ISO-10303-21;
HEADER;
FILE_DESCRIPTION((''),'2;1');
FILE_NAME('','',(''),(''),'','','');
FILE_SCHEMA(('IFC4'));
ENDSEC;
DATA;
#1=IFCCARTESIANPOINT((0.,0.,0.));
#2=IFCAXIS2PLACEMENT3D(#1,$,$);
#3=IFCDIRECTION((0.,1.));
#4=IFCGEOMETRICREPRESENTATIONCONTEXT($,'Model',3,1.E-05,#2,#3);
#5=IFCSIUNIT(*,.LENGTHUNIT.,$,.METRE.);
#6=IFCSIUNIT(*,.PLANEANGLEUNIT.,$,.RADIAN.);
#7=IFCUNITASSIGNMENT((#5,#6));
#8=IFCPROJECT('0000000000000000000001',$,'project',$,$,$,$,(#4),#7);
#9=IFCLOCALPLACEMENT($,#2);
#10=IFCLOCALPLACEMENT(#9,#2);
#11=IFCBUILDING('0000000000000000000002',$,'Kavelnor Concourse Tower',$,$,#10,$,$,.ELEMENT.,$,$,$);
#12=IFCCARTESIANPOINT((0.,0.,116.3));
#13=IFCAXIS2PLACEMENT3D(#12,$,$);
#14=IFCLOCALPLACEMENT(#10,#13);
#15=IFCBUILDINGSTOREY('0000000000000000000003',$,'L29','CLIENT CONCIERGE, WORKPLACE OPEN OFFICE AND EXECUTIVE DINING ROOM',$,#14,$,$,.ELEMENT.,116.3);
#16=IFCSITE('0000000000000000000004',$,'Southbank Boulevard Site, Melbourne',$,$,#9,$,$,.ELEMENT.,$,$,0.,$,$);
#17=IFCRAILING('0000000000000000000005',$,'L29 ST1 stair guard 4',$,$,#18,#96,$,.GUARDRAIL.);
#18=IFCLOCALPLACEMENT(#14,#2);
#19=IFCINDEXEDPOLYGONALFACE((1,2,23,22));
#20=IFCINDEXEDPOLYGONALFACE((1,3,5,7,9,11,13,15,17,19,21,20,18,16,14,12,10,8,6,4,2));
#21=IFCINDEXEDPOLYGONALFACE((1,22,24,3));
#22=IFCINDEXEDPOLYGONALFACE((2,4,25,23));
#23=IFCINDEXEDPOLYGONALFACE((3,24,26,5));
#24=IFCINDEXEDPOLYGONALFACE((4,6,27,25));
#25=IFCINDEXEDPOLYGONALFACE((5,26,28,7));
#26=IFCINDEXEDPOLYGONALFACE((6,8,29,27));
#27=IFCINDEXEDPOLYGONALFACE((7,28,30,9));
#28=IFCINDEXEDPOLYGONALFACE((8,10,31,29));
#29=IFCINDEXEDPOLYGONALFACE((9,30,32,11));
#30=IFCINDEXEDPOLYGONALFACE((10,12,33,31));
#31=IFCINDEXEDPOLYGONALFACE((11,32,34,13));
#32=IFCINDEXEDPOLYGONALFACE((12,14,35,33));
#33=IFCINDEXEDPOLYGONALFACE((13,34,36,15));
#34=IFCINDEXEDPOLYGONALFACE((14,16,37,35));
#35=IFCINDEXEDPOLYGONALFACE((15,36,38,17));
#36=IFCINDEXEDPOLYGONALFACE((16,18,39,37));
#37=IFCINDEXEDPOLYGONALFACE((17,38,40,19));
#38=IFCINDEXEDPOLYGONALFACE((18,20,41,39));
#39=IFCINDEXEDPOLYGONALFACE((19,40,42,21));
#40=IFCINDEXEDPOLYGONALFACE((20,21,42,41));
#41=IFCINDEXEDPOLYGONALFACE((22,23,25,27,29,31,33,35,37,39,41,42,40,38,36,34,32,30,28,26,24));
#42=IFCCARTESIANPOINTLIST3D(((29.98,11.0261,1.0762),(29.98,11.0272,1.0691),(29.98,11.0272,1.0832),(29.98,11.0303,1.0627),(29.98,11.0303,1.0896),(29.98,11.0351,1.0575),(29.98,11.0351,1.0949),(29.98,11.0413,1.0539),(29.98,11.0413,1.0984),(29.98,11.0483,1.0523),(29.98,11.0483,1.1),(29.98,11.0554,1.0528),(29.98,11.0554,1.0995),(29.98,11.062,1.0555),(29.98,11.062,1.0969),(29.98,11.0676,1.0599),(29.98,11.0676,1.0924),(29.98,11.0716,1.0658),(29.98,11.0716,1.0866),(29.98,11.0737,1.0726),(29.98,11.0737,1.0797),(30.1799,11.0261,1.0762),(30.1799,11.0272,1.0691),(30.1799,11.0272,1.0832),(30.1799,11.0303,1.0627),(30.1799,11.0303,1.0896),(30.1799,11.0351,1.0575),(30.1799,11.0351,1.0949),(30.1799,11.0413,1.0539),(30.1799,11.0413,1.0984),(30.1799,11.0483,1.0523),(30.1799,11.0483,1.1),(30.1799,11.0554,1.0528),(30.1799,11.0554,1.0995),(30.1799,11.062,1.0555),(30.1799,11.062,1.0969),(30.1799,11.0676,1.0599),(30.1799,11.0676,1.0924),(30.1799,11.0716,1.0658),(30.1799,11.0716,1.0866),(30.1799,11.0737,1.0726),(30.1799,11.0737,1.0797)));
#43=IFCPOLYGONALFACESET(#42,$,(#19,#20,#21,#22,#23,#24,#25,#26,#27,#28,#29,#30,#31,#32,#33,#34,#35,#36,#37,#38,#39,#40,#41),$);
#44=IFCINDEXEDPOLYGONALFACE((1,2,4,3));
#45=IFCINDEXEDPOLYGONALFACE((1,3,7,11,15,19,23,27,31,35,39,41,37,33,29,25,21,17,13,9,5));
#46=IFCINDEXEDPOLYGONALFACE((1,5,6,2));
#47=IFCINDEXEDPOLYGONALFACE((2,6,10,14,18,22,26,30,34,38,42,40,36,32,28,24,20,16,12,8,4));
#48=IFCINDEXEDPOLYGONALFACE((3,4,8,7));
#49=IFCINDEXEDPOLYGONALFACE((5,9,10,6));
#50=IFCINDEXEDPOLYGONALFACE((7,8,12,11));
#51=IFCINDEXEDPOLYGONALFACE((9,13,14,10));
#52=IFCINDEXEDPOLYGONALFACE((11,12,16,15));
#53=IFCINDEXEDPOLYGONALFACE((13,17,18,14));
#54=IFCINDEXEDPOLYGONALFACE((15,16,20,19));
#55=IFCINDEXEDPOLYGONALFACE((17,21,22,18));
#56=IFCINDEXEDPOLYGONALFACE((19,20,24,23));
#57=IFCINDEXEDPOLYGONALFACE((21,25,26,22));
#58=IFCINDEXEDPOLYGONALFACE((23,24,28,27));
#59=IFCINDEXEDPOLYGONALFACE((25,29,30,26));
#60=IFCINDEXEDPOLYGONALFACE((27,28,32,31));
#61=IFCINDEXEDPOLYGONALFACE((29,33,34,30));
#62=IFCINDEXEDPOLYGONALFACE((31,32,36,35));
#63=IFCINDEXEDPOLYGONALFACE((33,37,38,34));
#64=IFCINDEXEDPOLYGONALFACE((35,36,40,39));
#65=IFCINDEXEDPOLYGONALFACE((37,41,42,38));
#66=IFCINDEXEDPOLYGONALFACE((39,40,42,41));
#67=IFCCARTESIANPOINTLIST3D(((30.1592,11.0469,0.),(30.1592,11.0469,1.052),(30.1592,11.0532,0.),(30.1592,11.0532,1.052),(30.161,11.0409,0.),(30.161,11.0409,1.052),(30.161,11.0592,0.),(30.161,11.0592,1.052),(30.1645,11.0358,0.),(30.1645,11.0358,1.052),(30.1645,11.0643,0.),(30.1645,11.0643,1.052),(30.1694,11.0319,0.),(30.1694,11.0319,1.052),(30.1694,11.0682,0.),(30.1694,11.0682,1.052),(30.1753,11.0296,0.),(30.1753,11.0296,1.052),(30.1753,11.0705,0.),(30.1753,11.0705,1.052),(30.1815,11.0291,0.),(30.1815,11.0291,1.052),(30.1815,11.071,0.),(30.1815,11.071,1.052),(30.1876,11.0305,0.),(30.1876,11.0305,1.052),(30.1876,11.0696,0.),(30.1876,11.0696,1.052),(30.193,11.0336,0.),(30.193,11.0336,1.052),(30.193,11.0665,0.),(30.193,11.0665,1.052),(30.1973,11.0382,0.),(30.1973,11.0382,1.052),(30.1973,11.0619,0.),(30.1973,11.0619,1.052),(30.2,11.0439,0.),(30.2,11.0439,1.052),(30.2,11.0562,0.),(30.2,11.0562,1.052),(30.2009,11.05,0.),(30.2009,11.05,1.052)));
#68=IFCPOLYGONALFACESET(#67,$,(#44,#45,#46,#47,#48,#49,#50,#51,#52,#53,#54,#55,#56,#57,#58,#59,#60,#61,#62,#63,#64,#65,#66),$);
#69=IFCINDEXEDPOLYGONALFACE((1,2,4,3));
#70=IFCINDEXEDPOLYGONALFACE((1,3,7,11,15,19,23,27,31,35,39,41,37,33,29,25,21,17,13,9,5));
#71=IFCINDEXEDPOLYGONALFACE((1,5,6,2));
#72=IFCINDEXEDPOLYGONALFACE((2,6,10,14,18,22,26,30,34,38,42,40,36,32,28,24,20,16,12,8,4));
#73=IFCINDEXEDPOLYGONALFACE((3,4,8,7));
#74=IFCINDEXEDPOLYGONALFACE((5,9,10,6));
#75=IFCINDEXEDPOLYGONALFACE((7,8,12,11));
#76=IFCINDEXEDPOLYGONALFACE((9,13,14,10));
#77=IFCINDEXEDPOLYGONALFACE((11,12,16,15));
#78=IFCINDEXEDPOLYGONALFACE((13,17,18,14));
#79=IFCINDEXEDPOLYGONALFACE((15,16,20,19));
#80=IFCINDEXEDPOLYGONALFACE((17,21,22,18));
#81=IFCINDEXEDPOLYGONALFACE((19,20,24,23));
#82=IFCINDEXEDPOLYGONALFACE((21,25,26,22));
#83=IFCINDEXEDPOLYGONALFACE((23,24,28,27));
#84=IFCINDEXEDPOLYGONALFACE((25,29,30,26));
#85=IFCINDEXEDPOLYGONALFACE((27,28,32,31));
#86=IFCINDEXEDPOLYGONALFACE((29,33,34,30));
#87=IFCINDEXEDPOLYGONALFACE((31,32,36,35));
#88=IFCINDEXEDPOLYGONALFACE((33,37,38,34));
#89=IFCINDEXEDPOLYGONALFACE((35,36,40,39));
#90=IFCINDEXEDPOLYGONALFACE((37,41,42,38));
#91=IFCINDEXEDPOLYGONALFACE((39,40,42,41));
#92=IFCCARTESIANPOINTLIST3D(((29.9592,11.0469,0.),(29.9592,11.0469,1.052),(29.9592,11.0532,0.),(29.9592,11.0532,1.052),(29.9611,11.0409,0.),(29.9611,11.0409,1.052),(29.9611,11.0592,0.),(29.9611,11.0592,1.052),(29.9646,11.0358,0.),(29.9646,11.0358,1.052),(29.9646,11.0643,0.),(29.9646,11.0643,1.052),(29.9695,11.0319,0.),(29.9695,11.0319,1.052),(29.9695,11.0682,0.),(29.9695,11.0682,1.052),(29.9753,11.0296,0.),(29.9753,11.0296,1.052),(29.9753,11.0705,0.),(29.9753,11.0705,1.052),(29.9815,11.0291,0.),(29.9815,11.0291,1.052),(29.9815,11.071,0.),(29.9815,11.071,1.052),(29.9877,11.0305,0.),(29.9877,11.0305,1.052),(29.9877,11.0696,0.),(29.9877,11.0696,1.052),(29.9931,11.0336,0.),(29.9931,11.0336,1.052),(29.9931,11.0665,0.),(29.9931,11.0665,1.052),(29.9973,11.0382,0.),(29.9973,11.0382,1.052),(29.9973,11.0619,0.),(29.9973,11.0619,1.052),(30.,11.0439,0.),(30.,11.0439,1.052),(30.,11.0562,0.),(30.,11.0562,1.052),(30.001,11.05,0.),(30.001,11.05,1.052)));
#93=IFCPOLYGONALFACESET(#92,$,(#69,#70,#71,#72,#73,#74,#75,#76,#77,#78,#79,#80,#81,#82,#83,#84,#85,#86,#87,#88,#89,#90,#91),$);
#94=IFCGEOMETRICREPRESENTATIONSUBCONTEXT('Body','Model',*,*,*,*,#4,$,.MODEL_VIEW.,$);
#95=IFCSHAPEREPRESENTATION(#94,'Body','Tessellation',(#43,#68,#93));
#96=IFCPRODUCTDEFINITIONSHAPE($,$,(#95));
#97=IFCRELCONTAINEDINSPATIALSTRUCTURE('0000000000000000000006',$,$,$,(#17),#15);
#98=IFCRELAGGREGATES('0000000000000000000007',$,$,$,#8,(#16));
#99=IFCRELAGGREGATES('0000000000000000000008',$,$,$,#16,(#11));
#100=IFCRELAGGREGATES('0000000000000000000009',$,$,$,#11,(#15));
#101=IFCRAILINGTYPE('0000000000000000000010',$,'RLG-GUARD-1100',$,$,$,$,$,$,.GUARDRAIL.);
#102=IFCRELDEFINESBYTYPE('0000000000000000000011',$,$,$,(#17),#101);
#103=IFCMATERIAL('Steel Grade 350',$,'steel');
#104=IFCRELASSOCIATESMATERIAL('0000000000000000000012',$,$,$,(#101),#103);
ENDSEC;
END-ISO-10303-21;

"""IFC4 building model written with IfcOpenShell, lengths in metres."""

from ifc_helpers import new_model, si_unit, direction, frame, origin, origin_2d, place, context, subcontext, project, spatial, circle, extrude, material, type_object, element, save


model = new_model("IFC4")

# Units and contexts
model_context = context("Model", 3, precision=1e-05, world=origin(), true_north=direction((0.0, 1.0)))
body_context = subcontext(model_context, "Body", "Model", "MODEL_VIEW")
ifc_project = project(units=[si_unit("LENGTHUNIT", "METRE"), si_unit("PLANEANGLEUNIT", "RADIAN")], contexts=[model_context])

# Site, building, storey
site_placement = place(None, origin())
site = spatial("IfcSite", under=ifc_project, at=site_placement, Name="Southbank Boulevard Site, Melbourne", CompositionType="ELEMENT", RefElevation=0.0)
building_placement = place(site_placement, origin())
building = spatial("IfcBuilding", under=site, at=building_placement, Name="Kavelnor Concourse Tower", CompositionType="ELEMENT")
storey_placement = place(building_placement, frame((0.0, 0.0, 116.3)))
storey = spatial("IfcBuildingStorey", under=building, at=storey_placement, Name="L29", Description="CLIENT CONCIERGE, WORKPLACE OPEN OFFICE AND EXECUTIVE DINING ROOM", CompositionType="ELEMENT", Elevation=116.3)

# Shared definitions
ifc_material_1 = material(Name="Steel Grade 350", Category="steel")

# Railing
railing_type_1 = type_object("IfcRailingType", Name="RLG-GUARD-1100", PredefinedType="GUARDRAIL", material=ifc_material_1)
railing_1_placement = place(storey_placement, frame((30.1799, 11.05, 0.0)))
element("IfcRailing", 1, at=railing_1_placement, inside=storey, type_object=railing_type_1, Name="L29 ST1 stair guard 4", PredefinedType="GUARDRAIL", context=body_context, shape_type="SweptSolid", body=[
    extrude(circle(Radius=0.0239, at=origin_2d()), frame((0.0, 0.0, 1.0762), z_axis=(-1.0, 0.0, 0.0), x_axis=(0.0, -1.0, 0.0)), (0.0, 0.0, 1.0), 0.2),
    extrude(circle(Radius=0.021, at=origin_2d()), origin(), (0.0, 0.0, 1.0), 1.052),
    extrude(circle(Radius=0.021, at=origin_2d()), frame((-0.2, 0.0, 0.0)), (0.0, 0.0, 1.0), 1.052),
])

save(model, "model.ifc")
